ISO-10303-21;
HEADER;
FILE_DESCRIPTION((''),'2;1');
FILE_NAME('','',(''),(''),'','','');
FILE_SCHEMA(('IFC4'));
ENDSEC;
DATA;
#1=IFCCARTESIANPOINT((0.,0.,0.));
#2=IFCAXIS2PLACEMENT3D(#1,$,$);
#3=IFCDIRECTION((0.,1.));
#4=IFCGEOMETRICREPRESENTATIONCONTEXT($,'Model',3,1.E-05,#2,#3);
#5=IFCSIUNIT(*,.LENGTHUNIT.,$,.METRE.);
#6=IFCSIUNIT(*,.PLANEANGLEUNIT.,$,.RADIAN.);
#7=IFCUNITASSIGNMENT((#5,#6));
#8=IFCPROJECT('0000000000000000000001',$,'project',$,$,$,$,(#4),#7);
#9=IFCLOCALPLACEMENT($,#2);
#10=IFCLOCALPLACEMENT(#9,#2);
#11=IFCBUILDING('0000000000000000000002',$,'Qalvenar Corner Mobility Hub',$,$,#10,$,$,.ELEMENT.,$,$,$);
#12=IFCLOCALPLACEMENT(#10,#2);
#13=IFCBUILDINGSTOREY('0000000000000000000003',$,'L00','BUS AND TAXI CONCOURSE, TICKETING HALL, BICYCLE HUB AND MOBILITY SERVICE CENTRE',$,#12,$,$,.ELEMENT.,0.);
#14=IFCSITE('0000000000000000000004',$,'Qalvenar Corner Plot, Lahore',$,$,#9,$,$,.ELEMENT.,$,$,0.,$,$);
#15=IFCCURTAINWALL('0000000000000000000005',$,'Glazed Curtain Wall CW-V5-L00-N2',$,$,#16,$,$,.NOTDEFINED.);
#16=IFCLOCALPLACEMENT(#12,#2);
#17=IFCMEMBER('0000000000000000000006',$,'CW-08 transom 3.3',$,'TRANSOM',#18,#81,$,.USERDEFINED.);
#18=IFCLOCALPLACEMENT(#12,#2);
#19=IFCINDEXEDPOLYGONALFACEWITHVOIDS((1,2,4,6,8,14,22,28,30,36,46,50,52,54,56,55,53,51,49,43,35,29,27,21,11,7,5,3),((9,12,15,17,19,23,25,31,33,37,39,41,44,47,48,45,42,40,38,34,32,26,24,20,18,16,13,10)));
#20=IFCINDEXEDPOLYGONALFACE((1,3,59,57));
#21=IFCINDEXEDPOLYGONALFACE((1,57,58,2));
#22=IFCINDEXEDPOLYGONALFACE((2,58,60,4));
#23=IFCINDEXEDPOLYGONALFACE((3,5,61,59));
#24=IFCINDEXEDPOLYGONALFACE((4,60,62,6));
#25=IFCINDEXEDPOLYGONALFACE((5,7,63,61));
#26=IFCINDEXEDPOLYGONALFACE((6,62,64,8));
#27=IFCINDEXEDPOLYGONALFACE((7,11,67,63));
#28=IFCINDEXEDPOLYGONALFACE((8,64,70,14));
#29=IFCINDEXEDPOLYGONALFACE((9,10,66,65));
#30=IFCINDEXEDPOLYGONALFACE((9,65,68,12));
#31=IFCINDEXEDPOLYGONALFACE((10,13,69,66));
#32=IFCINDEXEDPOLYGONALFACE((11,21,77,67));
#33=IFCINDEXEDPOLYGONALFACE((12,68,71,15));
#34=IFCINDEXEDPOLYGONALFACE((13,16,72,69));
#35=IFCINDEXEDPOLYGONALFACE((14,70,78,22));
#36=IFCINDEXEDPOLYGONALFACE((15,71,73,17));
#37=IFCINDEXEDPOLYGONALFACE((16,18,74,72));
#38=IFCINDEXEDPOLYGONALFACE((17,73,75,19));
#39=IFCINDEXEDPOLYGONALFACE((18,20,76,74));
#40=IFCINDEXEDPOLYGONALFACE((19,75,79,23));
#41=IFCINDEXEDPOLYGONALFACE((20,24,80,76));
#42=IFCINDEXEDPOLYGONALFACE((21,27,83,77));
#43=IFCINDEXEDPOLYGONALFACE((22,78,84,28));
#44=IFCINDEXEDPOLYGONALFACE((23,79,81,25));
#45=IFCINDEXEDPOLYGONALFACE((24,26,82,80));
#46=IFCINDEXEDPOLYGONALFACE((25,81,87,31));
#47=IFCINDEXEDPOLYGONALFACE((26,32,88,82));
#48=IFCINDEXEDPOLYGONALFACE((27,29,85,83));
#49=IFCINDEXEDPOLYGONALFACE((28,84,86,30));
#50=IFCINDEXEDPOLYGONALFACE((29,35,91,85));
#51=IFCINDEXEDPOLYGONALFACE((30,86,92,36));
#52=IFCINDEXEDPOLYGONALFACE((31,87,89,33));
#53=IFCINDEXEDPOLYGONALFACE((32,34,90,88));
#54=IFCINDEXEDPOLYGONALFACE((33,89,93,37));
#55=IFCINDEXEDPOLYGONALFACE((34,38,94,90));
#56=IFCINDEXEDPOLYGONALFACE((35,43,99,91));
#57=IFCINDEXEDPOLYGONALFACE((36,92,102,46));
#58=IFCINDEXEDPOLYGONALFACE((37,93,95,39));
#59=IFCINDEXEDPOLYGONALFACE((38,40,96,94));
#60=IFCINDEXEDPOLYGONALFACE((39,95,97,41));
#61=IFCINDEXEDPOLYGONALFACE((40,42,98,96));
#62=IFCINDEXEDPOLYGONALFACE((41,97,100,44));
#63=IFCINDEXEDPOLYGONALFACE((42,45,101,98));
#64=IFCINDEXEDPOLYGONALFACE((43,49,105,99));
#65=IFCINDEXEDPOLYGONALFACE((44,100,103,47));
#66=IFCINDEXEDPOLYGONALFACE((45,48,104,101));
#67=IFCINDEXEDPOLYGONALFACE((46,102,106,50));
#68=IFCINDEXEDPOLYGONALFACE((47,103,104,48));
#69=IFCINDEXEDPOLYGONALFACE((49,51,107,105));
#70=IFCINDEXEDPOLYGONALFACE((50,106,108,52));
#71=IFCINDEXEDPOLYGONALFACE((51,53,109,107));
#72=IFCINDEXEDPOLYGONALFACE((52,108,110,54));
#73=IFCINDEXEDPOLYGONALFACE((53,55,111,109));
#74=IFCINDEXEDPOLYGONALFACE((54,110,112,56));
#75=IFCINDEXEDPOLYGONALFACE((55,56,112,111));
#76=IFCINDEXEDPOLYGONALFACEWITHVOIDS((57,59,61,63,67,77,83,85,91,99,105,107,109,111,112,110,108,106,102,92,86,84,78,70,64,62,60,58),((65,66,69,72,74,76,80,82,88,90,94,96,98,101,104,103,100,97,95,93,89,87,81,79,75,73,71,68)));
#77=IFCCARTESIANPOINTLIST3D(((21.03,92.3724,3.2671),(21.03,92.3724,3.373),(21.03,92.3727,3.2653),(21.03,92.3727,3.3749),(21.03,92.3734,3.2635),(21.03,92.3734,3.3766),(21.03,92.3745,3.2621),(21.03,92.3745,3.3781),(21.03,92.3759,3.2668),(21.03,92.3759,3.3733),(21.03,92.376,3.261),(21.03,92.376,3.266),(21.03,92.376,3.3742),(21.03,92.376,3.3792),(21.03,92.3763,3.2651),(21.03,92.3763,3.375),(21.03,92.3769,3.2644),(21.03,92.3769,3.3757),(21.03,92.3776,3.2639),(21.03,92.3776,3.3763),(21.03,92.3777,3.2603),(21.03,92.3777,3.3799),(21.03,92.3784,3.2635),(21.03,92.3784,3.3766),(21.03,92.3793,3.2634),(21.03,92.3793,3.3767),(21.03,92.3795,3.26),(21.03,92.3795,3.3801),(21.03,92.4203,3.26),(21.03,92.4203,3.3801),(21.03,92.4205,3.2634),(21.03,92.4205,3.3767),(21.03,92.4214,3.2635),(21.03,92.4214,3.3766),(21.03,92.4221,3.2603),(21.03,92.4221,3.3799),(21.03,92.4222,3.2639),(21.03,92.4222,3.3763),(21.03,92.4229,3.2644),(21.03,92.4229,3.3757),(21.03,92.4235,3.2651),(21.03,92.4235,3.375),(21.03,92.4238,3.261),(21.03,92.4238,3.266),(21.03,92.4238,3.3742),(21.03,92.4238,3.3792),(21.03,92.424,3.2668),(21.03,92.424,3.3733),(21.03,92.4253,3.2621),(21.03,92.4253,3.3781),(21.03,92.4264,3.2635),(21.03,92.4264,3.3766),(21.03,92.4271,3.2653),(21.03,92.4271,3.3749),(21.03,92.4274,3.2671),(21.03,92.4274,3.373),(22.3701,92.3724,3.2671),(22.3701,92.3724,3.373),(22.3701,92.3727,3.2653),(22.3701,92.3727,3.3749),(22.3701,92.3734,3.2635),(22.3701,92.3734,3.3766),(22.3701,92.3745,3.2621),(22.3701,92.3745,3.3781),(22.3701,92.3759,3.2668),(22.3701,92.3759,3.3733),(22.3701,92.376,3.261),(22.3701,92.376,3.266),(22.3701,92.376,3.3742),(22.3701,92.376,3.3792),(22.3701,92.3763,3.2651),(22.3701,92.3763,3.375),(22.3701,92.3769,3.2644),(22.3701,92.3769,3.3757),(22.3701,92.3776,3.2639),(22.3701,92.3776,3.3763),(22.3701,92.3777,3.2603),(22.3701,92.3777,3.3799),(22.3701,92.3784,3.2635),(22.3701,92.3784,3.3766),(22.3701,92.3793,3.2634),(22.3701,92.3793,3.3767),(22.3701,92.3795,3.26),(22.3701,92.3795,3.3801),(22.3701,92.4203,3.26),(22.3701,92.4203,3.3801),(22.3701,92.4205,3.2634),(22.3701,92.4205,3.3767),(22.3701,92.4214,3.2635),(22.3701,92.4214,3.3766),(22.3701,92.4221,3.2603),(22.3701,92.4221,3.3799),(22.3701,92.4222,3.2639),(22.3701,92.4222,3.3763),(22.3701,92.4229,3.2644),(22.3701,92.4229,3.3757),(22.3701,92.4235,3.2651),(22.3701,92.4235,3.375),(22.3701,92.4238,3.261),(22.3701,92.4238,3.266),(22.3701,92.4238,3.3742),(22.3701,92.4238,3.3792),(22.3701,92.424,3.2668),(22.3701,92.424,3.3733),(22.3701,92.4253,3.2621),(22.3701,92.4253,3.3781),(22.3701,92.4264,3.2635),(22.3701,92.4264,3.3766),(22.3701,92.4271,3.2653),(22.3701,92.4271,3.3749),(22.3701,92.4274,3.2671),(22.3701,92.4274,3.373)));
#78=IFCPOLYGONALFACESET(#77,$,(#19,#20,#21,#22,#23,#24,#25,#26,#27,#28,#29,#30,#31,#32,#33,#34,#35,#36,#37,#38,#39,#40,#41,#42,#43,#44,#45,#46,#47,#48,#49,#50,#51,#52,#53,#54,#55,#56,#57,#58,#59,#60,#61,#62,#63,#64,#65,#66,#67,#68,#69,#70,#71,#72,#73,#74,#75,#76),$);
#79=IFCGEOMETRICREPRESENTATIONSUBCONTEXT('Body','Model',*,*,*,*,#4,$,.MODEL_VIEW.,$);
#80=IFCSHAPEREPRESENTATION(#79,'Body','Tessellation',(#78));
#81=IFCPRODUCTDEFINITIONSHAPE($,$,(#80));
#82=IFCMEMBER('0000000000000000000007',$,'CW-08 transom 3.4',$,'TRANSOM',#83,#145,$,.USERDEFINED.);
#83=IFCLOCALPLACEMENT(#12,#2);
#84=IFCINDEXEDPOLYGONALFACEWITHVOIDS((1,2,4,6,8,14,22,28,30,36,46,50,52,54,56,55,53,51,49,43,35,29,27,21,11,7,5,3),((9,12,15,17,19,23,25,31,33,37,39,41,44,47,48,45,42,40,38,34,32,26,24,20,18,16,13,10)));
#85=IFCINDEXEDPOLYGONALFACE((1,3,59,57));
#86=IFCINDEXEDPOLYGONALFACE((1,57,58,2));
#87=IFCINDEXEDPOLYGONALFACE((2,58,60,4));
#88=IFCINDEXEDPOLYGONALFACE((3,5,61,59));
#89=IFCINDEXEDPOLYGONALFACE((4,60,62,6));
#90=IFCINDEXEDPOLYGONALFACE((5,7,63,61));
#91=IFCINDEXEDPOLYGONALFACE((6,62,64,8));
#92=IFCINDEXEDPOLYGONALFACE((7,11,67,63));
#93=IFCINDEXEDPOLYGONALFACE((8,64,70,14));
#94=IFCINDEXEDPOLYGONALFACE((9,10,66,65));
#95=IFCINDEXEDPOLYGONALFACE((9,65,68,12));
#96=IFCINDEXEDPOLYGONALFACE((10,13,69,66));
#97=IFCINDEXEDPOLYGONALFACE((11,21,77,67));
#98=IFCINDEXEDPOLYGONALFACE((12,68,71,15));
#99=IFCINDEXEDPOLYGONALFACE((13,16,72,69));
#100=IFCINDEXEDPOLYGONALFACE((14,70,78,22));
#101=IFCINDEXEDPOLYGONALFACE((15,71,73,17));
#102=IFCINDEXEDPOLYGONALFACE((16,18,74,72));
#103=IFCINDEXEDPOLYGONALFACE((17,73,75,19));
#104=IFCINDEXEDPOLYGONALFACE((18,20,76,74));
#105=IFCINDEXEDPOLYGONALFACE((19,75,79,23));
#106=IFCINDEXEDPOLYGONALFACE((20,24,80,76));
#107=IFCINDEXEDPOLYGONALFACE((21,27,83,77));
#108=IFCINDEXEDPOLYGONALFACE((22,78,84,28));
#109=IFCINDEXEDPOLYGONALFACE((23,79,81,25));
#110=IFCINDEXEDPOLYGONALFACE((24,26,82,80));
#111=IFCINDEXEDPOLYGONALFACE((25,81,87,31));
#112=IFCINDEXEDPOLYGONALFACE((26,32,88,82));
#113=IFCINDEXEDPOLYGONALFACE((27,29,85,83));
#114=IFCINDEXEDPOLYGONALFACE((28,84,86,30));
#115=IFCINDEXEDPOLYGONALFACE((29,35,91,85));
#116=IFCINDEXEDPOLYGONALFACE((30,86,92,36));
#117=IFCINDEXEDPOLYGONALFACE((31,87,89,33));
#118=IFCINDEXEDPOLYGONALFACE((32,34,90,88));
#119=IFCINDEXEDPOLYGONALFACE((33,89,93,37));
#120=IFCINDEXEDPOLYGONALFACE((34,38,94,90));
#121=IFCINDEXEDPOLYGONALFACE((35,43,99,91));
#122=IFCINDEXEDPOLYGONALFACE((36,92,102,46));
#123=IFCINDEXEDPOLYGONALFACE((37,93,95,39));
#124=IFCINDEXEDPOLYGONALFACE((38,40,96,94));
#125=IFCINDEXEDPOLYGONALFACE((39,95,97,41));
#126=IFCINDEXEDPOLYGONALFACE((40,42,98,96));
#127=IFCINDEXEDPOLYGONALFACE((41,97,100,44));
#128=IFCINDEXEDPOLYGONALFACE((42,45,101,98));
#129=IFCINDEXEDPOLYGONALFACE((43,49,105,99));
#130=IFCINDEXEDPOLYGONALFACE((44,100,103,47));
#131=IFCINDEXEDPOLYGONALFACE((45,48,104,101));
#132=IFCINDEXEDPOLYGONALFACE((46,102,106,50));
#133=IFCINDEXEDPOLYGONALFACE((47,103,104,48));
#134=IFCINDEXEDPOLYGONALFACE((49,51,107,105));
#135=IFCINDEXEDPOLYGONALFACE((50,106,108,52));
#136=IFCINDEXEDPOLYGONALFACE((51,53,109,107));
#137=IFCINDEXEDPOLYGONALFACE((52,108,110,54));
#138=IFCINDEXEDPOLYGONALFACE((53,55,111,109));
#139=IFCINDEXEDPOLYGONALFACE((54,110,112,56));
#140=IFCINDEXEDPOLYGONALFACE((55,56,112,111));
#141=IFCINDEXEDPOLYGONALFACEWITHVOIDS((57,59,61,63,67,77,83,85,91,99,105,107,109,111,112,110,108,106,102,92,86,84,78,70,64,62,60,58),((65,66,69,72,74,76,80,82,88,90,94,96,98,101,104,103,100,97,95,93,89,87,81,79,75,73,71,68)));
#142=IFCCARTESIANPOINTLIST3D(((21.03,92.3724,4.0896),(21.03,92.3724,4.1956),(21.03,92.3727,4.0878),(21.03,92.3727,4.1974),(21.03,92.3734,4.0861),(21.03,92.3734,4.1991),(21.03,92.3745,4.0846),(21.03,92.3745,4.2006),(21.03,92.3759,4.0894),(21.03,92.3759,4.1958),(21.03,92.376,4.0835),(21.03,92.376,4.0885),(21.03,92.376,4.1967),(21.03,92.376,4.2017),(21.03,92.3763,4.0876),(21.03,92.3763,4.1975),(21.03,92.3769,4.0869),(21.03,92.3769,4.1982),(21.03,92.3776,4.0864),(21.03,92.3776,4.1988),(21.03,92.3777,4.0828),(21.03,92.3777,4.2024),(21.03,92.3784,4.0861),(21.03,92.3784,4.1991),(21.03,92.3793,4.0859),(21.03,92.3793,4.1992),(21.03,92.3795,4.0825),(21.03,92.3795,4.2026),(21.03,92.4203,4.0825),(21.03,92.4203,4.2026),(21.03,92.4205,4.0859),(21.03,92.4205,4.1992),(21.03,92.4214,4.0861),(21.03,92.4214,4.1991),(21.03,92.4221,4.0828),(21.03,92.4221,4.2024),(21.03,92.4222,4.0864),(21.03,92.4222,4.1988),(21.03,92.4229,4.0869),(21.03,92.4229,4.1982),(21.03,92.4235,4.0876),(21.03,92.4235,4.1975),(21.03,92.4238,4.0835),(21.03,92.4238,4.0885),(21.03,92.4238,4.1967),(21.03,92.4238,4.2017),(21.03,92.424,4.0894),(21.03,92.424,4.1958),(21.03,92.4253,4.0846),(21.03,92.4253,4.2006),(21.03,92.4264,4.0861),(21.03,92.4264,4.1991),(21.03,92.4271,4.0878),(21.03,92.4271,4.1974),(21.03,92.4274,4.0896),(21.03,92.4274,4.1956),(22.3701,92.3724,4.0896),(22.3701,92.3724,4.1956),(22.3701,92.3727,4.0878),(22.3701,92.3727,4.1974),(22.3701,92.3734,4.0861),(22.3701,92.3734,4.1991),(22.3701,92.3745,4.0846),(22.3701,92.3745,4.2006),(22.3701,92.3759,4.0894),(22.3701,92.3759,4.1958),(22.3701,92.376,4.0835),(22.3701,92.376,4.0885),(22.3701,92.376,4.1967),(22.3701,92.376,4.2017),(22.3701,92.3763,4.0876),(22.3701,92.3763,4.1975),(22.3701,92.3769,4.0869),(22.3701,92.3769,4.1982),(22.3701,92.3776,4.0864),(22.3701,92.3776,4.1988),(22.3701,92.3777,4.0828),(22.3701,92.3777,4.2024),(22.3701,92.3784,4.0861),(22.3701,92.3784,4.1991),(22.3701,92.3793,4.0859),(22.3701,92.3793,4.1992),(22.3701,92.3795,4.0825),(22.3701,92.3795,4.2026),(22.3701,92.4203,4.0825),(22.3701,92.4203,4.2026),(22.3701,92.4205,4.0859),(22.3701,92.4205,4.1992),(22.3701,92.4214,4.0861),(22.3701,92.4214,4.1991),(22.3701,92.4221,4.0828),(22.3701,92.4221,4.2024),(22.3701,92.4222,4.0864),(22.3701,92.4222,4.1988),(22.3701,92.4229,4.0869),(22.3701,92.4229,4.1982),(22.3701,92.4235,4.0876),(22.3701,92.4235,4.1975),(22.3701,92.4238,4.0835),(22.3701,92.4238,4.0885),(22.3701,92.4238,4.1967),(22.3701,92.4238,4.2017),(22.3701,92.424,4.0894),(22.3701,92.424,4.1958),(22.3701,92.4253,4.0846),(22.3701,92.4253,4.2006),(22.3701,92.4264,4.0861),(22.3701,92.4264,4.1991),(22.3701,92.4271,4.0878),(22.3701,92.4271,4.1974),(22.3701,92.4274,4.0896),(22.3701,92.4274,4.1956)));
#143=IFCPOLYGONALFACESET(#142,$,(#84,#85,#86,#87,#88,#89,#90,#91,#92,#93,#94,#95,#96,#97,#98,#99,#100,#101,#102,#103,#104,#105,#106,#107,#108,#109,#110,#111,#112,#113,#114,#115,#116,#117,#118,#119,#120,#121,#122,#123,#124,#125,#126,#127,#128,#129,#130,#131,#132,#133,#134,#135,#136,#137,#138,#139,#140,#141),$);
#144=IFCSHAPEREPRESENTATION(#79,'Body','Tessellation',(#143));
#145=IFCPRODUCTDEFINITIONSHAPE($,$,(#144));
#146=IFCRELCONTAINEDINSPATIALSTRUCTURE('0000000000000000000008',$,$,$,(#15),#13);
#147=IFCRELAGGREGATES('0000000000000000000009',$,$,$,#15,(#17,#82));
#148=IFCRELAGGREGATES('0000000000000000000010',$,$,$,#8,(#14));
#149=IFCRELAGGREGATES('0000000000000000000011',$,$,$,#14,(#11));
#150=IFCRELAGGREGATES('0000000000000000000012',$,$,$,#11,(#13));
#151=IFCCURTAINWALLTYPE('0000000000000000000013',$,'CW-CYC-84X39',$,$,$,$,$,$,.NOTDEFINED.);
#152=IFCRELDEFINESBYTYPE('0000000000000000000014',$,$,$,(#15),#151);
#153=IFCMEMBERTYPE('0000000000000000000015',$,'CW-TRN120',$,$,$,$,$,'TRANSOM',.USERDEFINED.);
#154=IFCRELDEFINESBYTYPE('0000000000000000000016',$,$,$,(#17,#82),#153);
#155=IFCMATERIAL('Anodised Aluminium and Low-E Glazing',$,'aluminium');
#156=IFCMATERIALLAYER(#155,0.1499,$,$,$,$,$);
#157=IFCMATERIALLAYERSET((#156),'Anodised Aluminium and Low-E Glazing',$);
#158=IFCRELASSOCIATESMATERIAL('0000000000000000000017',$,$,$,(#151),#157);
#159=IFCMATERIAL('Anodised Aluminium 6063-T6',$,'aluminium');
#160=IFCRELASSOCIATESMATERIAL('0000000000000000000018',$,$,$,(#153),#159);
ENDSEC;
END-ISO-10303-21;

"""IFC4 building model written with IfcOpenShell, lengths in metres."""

from ifc_helpers import new_model, si_unit, direction, frame, origin, origin_2d, place, context, subcontext, project, spatial, hollow_rectangle, extrude, material, layer, layer_set, material_profile, profile_set, type_object, element, aggregate, save


model = new_model("IFC4")

# Units and contexts
model_context = context("Model", 3, precision=1e-05, world=origin(), true_north=direction((0.0, 1.0)))
body_context = subcontext(model_context, "Body", "Model", "MODEL_VIEW")
ifc_project = project(units=[si_unit("LENGTHUNIT", "METRE"), si_unit("PLANEANGLEUNIT", "RADIAN")], contexts=[model_context])

# Site, building, storey
site_placement = place(None, origin())
site = spatial("IfcSite", under=ifc_project, at=site_placement, Name="Qalvenar Corner Plot, Lahore", CompositionType="ELEMENT", RefElevation=0.0)
building_placement = place(site_placement, origin())
building = spatial("IfcBuilding", under=site, at=building_placement, Name="Qalvenar Corner Mobility Hub", CompositionType="ELEMENT")
storey_placement = place(building_placement, origin())
storey = spatial("IfcBuildingStorey", under=building, at=storey_placement, Name="L00", Description="BUS AND TAXI CONCOURSE, TICKETING HALL, BICYCLE HUB AND MOBILITY SERVICE CENTRE", CompositionType="ELEMENT", Elevation=0.0)

# Curtain wall, members
ifc_material_1 = material(Name="Anodised Aluminium and Low-E Glazing", Category="aluminium")
ifc_layer_1 = layer(ifc_material_1, 0.1499)
ifc_layer_set_1 = layer_set([ifc_layer_1], Name="Anodised Aluminium and Low-E Glazing")
curtain_wall_type = type_object("IfcCurtainWallType", Name="CW-CYC-84X39", PredefinedType="NOTDEFINED", material=ifc_layer_set_1)
curtain_wall_placement = place(storey_placement, origin())
curtain_wall = element("IfcCurtainWall", 1, at=curtain_wall_placement, inside=storey, type_object=curtain_wall_type, Name="Glazed Curtain Wall CW-V5-L00-N2", PredefinedType="NOTDEFINED")
ifc_material_2 = material(Name="Anodised Aluminium 6063-T6", Category="aluminium")
ifc_material_profile_1 = material_profile(ifc_material_2, hollow_rectangle(XDim=0.0549, YDim=0.1201, WallThickness=0.0034, InnerFilletRadius=0.0034, OuterFilletRadius=0.0071, at=origin_2d()), Name="RHS120x55x3.5")
ifc_profile_set_1 = profile_set([ifc_material_profile_1], Name="Anodised Aluminium 6063-T6")
member_type_1 = type_object("IfcMemberType", Name="CW-TRN120", ElementType="TRANSOM", PredefinedType="USERDEFINED", material=ifc_profile_set_1)
member_1_placement = place(storey_placement, frame((22.3701, 92.3999, 3.3201), z_axis=(-1.0, 0.0, 0.0), x_axis=(0.0, -1.0, 0.0)))
member_1 = element("IfcMember", 2, at=member_1_placement, type_object=member_type_1, Name="CW-08 transom 3.3", ObjectType="TRANSOM", PredefinedType="USERDEFINED", context=body_context, shape_type="SweptSolid", body=[
    extrude(hollow_rectangle(XDim=0.0549, YDim=0.1201, WallThickness=0.0034, InnerFilletRadius=0.0034, OuterFilletRadius=0.0071, at=origin_2d()), origin(), (0.0, 0.0, 1.0), 1.3401),
])
member_2_placement = place(storey_placement, frame((22.3701, 92.3999, 4.1426), z_axis=(-1.0, 0.0, 0.0), x_axis=(0.0, -1.0, 0.0)))
member_2 = element("IfcMember", 3, at=member_2_placement, type_object=member_type_1, Name="CW-08 transom 3.4", ObjectType="TRANSOM", PredefinedType="USERDEFINED", context=body_context, shape_type="SweptSolid", body=[
    extrude(hollow_rectangle(XDim=0.0549, YDim=0.1201, WallThickness=0.0034, InnerFilletRadius=0.0034, OuterFilletRadius=0.0071, at=origin_2d()), origin(), (0.0, 0.0, 1.0), 1.3401),
])
aggregate(curtain_wall, [member_1, member_2])

save(model, "model.ifc")
